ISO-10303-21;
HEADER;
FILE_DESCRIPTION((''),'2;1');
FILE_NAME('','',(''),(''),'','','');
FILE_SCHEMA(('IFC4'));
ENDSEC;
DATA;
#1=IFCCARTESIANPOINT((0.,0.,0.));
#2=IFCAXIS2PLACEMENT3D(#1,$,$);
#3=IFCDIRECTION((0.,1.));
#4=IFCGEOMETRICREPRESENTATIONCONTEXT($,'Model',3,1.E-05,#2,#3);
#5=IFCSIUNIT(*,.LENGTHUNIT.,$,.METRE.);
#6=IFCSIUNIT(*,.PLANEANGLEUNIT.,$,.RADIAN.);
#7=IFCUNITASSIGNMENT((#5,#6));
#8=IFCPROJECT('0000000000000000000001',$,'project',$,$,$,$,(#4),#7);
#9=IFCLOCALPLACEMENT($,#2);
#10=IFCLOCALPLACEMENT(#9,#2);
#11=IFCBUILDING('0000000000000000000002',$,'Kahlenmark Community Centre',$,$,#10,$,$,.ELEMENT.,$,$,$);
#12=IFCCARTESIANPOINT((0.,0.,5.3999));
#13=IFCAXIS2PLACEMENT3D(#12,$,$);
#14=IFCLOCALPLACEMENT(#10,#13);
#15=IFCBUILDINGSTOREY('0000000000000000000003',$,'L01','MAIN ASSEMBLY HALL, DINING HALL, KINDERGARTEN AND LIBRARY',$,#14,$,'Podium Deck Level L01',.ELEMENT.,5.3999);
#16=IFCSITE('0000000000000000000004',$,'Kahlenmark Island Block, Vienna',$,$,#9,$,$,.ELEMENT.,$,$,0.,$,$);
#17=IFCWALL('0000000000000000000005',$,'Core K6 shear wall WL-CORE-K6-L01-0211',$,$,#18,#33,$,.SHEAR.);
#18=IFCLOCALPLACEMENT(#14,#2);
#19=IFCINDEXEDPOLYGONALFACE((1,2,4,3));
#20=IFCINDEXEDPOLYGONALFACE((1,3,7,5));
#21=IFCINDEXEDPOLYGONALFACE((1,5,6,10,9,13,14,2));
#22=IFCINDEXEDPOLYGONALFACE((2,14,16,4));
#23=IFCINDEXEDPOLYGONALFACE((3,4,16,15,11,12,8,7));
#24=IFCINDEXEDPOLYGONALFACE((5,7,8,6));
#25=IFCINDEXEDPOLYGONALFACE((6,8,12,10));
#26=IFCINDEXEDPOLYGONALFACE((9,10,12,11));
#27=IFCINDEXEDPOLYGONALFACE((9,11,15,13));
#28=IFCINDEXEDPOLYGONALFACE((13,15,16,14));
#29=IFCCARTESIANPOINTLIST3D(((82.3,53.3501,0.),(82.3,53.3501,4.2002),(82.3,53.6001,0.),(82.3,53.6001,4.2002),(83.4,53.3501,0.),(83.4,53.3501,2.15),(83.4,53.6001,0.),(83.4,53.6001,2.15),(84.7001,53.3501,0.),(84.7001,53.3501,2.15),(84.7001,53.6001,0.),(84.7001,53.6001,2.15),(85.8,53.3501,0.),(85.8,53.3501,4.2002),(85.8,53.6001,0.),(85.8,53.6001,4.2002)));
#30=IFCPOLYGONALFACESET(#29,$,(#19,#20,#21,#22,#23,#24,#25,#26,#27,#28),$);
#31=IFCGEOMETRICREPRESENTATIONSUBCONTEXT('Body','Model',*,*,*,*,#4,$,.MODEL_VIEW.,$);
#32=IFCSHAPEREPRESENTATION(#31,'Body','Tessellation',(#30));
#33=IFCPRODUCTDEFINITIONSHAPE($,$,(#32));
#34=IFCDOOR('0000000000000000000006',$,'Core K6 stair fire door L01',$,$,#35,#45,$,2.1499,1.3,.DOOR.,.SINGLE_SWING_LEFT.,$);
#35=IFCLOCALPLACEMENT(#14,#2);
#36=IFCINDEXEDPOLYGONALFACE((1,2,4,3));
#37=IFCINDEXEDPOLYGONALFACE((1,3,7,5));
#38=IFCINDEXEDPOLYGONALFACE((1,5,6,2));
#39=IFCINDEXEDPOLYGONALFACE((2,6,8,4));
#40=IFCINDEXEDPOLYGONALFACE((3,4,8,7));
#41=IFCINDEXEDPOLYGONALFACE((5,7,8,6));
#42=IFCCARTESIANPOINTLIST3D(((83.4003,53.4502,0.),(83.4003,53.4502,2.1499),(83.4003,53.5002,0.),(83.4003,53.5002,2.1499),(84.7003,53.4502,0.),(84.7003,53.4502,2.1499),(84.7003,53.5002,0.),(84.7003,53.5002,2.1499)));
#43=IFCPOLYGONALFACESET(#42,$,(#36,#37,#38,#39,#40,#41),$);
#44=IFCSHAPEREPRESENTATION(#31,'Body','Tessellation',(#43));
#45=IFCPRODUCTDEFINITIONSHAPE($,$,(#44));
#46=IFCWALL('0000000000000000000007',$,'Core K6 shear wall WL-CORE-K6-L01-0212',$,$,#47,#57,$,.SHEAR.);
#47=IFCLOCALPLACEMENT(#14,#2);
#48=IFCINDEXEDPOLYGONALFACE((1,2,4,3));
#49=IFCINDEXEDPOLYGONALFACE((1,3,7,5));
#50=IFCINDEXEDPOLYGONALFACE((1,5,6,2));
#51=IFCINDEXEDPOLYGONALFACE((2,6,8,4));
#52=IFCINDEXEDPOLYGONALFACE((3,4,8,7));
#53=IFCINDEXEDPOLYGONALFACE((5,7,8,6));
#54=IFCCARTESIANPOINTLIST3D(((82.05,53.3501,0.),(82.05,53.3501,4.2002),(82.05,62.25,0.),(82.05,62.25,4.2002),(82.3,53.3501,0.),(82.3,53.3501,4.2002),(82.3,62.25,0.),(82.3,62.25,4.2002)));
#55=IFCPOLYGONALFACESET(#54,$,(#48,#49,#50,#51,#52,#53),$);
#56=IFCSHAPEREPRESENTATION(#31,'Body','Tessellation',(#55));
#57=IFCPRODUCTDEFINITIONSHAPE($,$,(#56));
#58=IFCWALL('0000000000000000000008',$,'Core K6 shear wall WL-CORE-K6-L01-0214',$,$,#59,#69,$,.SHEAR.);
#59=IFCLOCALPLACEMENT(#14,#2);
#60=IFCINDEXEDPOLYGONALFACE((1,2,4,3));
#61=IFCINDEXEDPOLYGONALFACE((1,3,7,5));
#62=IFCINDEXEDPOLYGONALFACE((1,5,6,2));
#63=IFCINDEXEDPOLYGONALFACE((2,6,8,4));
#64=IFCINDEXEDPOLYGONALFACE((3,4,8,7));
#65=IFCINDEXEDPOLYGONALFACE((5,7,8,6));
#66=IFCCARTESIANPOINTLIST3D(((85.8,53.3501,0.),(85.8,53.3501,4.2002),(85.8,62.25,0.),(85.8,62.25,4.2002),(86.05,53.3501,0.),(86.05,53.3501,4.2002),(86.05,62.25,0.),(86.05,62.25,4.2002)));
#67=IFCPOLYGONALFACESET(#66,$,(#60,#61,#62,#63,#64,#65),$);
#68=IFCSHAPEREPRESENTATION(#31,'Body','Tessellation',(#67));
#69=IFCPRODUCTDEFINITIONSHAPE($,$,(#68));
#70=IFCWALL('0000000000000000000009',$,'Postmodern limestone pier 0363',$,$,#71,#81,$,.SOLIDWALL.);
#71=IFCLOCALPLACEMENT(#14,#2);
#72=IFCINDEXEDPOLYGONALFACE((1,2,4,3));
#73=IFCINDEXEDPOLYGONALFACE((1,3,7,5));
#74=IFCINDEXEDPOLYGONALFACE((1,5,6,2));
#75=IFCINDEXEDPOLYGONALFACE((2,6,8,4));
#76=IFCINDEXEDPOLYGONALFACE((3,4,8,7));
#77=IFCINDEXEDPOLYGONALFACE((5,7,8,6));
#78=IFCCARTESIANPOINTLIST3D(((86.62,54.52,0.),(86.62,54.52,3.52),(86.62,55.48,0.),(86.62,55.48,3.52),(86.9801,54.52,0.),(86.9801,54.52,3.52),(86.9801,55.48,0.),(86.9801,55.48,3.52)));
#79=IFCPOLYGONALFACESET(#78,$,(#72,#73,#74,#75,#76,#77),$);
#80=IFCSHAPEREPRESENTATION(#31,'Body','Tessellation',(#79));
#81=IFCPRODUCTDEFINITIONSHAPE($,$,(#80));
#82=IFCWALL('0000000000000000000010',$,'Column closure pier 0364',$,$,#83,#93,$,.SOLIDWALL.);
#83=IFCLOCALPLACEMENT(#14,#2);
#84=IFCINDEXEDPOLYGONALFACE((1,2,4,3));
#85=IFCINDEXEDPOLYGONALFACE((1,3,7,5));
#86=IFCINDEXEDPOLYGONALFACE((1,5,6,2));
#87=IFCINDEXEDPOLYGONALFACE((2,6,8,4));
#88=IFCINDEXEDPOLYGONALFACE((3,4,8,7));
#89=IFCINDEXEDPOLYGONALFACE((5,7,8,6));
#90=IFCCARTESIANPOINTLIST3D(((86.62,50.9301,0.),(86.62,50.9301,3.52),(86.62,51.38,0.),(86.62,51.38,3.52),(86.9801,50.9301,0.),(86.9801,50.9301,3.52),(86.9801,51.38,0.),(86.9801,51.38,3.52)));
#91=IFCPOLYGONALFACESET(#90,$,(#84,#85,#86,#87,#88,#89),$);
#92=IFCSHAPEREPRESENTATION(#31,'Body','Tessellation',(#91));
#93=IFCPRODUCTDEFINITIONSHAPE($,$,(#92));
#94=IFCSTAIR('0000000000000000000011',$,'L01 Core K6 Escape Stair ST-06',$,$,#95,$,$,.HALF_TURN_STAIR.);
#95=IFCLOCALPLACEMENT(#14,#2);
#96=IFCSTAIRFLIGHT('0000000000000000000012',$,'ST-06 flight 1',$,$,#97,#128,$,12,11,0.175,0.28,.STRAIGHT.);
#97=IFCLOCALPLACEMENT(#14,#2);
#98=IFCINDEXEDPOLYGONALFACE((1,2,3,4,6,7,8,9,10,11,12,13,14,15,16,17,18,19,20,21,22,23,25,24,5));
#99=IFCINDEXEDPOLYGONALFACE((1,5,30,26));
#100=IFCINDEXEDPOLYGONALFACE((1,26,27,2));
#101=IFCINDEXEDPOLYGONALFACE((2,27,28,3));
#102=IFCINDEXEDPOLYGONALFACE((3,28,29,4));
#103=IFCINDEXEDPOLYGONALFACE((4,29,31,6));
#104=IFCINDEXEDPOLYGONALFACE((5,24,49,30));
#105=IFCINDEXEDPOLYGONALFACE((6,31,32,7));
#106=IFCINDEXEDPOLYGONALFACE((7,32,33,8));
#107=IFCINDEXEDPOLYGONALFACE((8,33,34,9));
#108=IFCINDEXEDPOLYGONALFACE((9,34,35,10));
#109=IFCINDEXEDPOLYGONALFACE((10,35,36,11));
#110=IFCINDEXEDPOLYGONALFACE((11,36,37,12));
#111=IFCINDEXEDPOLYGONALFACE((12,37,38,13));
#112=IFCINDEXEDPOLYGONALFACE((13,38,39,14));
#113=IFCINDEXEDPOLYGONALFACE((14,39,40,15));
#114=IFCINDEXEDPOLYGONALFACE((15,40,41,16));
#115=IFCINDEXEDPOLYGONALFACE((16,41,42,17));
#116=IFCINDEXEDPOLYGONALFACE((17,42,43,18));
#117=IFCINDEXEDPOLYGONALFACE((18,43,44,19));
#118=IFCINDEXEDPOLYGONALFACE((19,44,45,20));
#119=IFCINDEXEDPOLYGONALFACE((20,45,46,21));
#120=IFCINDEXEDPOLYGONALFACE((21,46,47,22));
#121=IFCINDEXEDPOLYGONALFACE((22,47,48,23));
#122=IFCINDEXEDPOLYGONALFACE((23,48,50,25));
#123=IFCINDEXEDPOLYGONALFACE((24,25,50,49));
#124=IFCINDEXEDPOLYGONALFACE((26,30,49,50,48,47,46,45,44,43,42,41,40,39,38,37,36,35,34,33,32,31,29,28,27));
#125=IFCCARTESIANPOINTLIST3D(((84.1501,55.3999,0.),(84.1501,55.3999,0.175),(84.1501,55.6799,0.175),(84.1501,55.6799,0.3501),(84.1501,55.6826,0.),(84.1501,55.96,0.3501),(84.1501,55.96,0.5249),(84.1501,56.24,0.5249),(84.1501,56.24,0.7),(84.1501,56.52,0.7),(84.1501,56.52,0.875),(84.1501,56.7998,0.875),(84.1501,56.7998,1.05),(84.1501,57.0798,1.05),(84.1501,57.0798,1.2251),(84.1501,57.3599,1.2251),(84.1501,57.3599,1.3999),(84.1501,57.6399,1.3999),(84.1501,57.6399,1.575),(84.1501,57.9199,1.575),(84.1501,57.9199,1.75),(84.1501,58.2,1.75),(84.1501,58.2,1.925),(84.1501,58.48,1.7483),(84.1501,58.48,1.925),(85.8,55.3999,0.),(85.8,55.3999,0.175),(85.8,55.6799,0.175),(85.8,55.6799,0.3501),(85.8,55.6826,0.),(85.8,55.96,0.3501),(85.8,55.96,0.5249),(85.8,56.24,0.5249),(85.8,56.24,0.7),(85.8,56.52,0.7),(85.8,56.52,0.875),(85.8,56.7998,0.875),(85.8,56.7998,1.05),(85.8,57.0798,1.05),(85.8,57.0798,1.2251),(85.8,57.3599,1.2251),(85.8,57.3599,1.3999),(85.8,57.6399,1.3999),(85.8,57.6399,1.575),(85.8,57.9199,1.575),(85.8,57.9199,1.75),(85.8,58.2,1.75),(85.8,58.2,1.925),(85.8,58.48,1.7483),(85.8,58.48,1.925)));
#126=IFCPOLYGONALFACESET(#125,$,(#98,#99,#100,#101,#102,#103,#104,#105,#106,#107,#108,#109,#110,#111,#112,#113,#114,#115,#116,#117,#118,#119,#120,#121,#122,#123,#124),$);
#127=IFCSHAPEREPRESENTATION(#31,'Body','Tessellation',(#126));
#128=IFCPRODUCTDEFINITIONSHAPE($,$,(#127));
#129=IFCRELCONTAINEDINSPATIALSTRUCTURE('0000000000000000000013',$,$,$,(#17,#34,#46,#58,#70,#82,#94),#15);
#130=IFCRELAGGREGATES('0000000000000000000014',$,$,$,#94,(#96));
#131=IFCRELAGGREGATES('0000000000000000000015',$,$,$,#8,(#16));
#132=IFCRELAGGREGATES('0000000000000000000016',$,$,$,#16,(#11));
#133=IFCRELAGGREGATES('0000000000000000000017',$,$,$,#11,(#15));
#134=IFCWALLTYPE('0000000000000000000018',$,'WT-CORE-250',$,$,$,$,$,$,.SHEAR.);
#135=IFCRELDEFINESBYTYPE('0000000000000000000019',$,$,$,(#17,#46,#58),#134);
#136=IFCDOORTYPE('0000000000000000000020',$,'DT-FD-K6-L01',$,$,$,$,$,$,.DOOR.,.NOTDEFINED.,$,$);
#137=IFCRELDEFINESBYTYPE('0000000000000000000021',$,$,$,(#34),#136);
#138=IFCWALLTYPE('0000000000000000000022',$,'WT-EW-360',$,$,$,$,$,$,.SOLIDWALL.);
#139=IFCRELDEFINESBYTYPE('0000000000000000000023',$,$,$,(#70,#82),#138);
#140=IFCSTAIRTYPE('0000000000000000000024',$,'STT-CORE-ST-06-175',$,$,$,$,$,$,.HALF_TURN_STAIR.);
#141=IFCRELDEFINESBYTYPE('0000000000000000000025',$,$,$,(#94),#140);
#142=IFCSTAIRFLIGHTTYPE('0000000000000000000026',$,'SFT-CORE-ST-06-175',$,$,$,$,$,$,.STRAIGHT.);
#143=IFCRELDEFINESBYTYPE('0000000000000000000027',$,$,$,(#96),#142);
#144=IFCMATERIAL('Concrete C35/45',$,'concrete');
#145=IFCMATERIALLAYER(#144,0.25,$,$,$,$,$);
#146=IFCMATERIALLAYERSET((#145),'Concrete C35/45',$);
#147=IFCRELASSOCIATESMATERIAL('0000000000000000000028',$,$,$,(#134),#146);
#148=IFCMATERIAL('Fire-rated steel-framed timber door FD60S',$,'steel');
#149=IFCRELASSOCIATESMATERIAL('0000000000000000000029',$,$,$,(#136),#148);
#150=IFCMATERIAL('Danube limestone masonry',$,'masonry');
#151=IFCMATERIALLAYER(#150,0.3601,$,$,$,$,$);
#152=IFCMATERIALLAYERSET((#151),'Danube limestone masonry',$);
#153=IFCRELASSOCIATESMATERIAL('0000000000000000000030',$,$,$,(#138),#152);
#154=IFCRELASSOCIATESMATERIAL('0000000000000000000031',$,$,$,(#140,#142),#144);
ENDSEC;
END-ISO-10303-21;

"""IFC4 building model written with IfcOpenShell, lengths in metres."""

from ifc_helpers import new_model, si_unit, direction, frame, frame_2d, origin, place, context, subcontext, project, spatial, polyline, rectangle, outline, extrude, material, layer, layer_set, type_object, element, fill, aggregate, save


model = new_model("IFC4")

# Units and contexts
model_context = context("Model", 3, precision=1e-05, world=origin(), true_north=direction((0.0, 1.0)))
body_context = subcontext(model_context, "Body", "Model", "MODEL_VIEW")
ifc_project = project(units=[si_unit("LENGTHUNIT", "METRE"), si_unit("PLANEANGLEUNIT", "RADIAN")], contexts=[model_context])

# Site, building, storey
site_placement = place(None, origin())
site = spatial("IfcSite", under=ifc_project, at=site_placement, Name="Kahlenmark Island Block, Vienna", CompositionType="ELEMENT", RefElevation=0.0)
building_placement = place(site_placement, origin())
building = spatial("IfcBuilding", under=site, at=building_placement, Name="Kahlenmark Community Centre", CompositionType="ELEMENT")
storey_placement = place(building_placement, frame((0.0, 0.0, 5.3999)))
storey = spatial("IfcBuildingStorey", under=building, at=storey_placement, Name="L01", Description="MAIN ASSEMBLY HALL, DINING HALL, KINDERGARTEN AND LIBRARY", LongName="Podium Deck Level L01", CompositionType="ELEMENT", Elevation=5.3999)

# Shared definitions
ifc_material_1 = material(Name="Concrete C35/45", Category="concrete")

# Wall, opening, door
ifc_layer_1 = layer(ifc_material_1, 0.25)
ifc_layer_set_1 = layer_set([ifc_layer_1], Name="Concrete C35/45")
wall_type_1 = type_object("IfcWallType", Name="WT-CORE-250", PredefinedType="SHEAR", material=ifc_layer_set_1)
wall_1_placement = place(storey_placement, frame((82.3, 53.4751, 0.0), z_axis=(0.0, 0.0, 1.0), x_axis=(1.0, 0.0, 0.0)))
wall_1 = element("IfcWall", 1, at=wall_1_placement, inside=storey, type_object=wall_type_1, Name="Core K6 shear wall WL-CORE-K6-L01-0211", PredefinedType="SHEAR", context=body_context, shape_type="SweptSolid", body=[
    extrude(rectangle(XDim=3.5, YDim=0.25, at=frame_2d((1.75, 0.0))), origin(), (0.0, 0.0, 1.0), 4.2002),
])
opening_placement = place(wall_1_placement, frame((1.1001, 0.0, -0.01)))
opening = element("IfcOpeningElement", 2, at=opening_placement, cuts=wall_1, PredefinedType="OPENING", context=body_context, shape_type="SweptSolid", body=[
    extrude(rectangle(XDim=1.3, YDim=2.1599, at=frame_2d((0.6499, 1.0801))), frame((0.0, 0.135, 0.0), z_axis=(0.0, -1.0, 0.0), x_axis=(1.0, 0.0, 0.0)), (0.0, 0.0, 1.0), 0.27),
])
ifc_material_2 = material(Name="Fire-rated steel-framed timber door FD60S", Category="steel")
door_type = type_object("IfcDoorType", Name="DT-FD-K6-L01", OperationType="NOTDEFINED", PredefinedType="DOOR", material=ifc_material_2)
door_placement = place(opening_placement, frame((1.3, 0.0, 0.01), z_axis=(0.0, 0.0, 1.0), x_axis=(-1.0, 0.0, 0.0)))
door = element("IfcDoor", 3, at=door_placement, inside=storey, type_object=door_type, Name="Core K6 stair fire door L01", OperationType="SINGLE_SWING_LEFT", OverallHeight=2.1499, OverallWidth=1.3, PredefinedType="DOOR", context=body_context, shape_type="SweptSolid", body=[
    extrude(rectangle(XDim=1.3, YDim=2.1499, at=frame_2d((0.6499, 1.075))), frame((0.0, 0.0249, 0.0), z_axis=(0.0, -1.0, 0.0), x_axis=(1.0, 0.0, 0.0)), (0.0, 0.0, 1.0), 0.05),
])
fill(opening, door)

# Walls
for number, where, z_axis, x_axis, name in (
    (4, (82.175, 53.3501, 0.0), (0.0, 0.0, 1.0), (0.0, 1.0, 0.0), "Core K6 shear wall WL-CORE-K6-L01-0212"),
    (5, (85.925, 53.3501, 0.0), (0.0, 0.0, 1.0), (0.0, 1.0, 0.0), "Core K6 shear wall WL-CORE-K6-L01-0214"),
):
    element("IfcWall", number, at=place(storey_placement, frame(where, z_axis=z_axis, x_axis=x_axis)), inside=storey, type_object=wall_type_1, Name=name, PredefinedType="SHEAR", context=body_context, shape_type="SweptSolid", body=[
        extrude(rectangle(XDim=8.8999, YDim=0.25, at=frame_2d((4.45, 0.0))), origin(), (0.0, 0.0, 1.0), 4.2002),
    ])
ifc_material_3 = material(Name="Danube limestone masonry", Category="masonry")
ifc_layer_2 = layer(ifc_material_3, 0.3601)
ifc_layer_set_2 = layer_set([ifc_layer_2], Name="Danube limestone masonry")
wall_type_2 = type_object("IfcWallType", Name="WT-EW-360", PredefinedType="SOLIDWALL", material=ifc_layer_set_2)
wall_2_placement = place(storey_placement, frame((86.8, 54.52, 0.0), z_axis=(0.0, 0.0, 1.0), x_axis=(0.0, 1.0, 0.0)))
element("IfcWall", 6, at=wall_2_placement, inside=storey, type_object=wall_type_2, Name="Postmodern limestone pier 0363", PredefinedType="SOLIDWALL", context=body_context, shape_type="SweptSolid", body=[
    extrude(rectangle(XDim=0.96, YDim=0.3601, at=frame_2d((0.48, 0.0))), origin(), (0.0, 0.0, 1.0), 3.52),
])
wall_3_placement = place(storey_placement, frame((86.8, 50.9299, 0.0), z_axis=(0.0, 0.0, 1.0), x_axis=(0.0, 1.0, 0.0)))
element("IfcWall", 7, at=wall_3_placement, inside=storey, type_object=wall_type_2, Name="Column closure pier 0364", PredefinedType="SOLIDWALL", context=body_context, shape_type="SweptSolid", body=[
    extrude(rectangle(XDim=0.45, YDim=0.3601, at=frame_2d((0.2251, 0.0))), origin(), (0.0, 0.0, 1.0), 3.52),
])

# Stair, stair flight
stair_type = type_object("IfcStairType", Name="STT-CORE-ST-06-175", PredefinedType="HALF_TURN_STAIR", material=ifc_material_1)
stair_placement = place(storey_placement, origin())
stair = element("IfcStair", 8, at=stair_placement, inside=storey, type_object=stair_type, Name="L01 Core K6 Escape Stair ST-06", PredefinedType="HALF_TURN_STAIR")
stair_flight_type = type_object("IfcStairFlightType", Name="SFT-CORE-ST-06-175", PredefinedType="STRAIGHT", material=ifc_material_1)
stair_flight_placement = place(storey_placement, frame((84.9751, 55.3999, 0.0), z_axis=(0.0, 0.0, 1.0), x_axis=(0.0, 1.0, 0.0)))
stair_flight = element("IfcStairFlight", 9, at=stair_flight_placement, type_object=stair_flight_type, Name="ST-06 flight 1", NumberOfRisers=12, NumberOfTreads=11, PredefinedType="STRAIGHT", RiserHeight=0.175, TreadLength=0.28, context=body_context, shape_type="SweptSolid", body=[
    extrude(outline(polyline([(0.0, 0.0), (0.0, 0.175), (0.28, 0.175), (0.28, 0.3501), (0.5601, 0.3501), (0.5601, 0.5249), (0.8401, 0.5249), (0.8401, 0.7), (1.1201, 0.7), (1.1201, 0.875), (1.3999, 0.875), (1.3999, 1.05), (1.6799, 1.05), (1.6799, 1.2251), (1.96, 1.2251), (1.96, 1.3999), (2.24, 1.3999), (2.24, 1.575), (2.52, 1.575), (2.52, 1.75), (2.8, 1.75), (2.8, 1.925), (3.0801, 1.925), (3.0801, 2.1001), (3.0801, 1.7483), (0.2827, 0.0), (0.0, 0.0)])), frame((0.0, 0.825, 0.0), z_axis=(0.0, -1.0, 0.0), x_axis=(1.0, 0.0, 0.0)), (0.0, 0.0, 1.0), 1.6499),
])
aggregate(stair, [stair_flight])

save(model, "model.ifc")
